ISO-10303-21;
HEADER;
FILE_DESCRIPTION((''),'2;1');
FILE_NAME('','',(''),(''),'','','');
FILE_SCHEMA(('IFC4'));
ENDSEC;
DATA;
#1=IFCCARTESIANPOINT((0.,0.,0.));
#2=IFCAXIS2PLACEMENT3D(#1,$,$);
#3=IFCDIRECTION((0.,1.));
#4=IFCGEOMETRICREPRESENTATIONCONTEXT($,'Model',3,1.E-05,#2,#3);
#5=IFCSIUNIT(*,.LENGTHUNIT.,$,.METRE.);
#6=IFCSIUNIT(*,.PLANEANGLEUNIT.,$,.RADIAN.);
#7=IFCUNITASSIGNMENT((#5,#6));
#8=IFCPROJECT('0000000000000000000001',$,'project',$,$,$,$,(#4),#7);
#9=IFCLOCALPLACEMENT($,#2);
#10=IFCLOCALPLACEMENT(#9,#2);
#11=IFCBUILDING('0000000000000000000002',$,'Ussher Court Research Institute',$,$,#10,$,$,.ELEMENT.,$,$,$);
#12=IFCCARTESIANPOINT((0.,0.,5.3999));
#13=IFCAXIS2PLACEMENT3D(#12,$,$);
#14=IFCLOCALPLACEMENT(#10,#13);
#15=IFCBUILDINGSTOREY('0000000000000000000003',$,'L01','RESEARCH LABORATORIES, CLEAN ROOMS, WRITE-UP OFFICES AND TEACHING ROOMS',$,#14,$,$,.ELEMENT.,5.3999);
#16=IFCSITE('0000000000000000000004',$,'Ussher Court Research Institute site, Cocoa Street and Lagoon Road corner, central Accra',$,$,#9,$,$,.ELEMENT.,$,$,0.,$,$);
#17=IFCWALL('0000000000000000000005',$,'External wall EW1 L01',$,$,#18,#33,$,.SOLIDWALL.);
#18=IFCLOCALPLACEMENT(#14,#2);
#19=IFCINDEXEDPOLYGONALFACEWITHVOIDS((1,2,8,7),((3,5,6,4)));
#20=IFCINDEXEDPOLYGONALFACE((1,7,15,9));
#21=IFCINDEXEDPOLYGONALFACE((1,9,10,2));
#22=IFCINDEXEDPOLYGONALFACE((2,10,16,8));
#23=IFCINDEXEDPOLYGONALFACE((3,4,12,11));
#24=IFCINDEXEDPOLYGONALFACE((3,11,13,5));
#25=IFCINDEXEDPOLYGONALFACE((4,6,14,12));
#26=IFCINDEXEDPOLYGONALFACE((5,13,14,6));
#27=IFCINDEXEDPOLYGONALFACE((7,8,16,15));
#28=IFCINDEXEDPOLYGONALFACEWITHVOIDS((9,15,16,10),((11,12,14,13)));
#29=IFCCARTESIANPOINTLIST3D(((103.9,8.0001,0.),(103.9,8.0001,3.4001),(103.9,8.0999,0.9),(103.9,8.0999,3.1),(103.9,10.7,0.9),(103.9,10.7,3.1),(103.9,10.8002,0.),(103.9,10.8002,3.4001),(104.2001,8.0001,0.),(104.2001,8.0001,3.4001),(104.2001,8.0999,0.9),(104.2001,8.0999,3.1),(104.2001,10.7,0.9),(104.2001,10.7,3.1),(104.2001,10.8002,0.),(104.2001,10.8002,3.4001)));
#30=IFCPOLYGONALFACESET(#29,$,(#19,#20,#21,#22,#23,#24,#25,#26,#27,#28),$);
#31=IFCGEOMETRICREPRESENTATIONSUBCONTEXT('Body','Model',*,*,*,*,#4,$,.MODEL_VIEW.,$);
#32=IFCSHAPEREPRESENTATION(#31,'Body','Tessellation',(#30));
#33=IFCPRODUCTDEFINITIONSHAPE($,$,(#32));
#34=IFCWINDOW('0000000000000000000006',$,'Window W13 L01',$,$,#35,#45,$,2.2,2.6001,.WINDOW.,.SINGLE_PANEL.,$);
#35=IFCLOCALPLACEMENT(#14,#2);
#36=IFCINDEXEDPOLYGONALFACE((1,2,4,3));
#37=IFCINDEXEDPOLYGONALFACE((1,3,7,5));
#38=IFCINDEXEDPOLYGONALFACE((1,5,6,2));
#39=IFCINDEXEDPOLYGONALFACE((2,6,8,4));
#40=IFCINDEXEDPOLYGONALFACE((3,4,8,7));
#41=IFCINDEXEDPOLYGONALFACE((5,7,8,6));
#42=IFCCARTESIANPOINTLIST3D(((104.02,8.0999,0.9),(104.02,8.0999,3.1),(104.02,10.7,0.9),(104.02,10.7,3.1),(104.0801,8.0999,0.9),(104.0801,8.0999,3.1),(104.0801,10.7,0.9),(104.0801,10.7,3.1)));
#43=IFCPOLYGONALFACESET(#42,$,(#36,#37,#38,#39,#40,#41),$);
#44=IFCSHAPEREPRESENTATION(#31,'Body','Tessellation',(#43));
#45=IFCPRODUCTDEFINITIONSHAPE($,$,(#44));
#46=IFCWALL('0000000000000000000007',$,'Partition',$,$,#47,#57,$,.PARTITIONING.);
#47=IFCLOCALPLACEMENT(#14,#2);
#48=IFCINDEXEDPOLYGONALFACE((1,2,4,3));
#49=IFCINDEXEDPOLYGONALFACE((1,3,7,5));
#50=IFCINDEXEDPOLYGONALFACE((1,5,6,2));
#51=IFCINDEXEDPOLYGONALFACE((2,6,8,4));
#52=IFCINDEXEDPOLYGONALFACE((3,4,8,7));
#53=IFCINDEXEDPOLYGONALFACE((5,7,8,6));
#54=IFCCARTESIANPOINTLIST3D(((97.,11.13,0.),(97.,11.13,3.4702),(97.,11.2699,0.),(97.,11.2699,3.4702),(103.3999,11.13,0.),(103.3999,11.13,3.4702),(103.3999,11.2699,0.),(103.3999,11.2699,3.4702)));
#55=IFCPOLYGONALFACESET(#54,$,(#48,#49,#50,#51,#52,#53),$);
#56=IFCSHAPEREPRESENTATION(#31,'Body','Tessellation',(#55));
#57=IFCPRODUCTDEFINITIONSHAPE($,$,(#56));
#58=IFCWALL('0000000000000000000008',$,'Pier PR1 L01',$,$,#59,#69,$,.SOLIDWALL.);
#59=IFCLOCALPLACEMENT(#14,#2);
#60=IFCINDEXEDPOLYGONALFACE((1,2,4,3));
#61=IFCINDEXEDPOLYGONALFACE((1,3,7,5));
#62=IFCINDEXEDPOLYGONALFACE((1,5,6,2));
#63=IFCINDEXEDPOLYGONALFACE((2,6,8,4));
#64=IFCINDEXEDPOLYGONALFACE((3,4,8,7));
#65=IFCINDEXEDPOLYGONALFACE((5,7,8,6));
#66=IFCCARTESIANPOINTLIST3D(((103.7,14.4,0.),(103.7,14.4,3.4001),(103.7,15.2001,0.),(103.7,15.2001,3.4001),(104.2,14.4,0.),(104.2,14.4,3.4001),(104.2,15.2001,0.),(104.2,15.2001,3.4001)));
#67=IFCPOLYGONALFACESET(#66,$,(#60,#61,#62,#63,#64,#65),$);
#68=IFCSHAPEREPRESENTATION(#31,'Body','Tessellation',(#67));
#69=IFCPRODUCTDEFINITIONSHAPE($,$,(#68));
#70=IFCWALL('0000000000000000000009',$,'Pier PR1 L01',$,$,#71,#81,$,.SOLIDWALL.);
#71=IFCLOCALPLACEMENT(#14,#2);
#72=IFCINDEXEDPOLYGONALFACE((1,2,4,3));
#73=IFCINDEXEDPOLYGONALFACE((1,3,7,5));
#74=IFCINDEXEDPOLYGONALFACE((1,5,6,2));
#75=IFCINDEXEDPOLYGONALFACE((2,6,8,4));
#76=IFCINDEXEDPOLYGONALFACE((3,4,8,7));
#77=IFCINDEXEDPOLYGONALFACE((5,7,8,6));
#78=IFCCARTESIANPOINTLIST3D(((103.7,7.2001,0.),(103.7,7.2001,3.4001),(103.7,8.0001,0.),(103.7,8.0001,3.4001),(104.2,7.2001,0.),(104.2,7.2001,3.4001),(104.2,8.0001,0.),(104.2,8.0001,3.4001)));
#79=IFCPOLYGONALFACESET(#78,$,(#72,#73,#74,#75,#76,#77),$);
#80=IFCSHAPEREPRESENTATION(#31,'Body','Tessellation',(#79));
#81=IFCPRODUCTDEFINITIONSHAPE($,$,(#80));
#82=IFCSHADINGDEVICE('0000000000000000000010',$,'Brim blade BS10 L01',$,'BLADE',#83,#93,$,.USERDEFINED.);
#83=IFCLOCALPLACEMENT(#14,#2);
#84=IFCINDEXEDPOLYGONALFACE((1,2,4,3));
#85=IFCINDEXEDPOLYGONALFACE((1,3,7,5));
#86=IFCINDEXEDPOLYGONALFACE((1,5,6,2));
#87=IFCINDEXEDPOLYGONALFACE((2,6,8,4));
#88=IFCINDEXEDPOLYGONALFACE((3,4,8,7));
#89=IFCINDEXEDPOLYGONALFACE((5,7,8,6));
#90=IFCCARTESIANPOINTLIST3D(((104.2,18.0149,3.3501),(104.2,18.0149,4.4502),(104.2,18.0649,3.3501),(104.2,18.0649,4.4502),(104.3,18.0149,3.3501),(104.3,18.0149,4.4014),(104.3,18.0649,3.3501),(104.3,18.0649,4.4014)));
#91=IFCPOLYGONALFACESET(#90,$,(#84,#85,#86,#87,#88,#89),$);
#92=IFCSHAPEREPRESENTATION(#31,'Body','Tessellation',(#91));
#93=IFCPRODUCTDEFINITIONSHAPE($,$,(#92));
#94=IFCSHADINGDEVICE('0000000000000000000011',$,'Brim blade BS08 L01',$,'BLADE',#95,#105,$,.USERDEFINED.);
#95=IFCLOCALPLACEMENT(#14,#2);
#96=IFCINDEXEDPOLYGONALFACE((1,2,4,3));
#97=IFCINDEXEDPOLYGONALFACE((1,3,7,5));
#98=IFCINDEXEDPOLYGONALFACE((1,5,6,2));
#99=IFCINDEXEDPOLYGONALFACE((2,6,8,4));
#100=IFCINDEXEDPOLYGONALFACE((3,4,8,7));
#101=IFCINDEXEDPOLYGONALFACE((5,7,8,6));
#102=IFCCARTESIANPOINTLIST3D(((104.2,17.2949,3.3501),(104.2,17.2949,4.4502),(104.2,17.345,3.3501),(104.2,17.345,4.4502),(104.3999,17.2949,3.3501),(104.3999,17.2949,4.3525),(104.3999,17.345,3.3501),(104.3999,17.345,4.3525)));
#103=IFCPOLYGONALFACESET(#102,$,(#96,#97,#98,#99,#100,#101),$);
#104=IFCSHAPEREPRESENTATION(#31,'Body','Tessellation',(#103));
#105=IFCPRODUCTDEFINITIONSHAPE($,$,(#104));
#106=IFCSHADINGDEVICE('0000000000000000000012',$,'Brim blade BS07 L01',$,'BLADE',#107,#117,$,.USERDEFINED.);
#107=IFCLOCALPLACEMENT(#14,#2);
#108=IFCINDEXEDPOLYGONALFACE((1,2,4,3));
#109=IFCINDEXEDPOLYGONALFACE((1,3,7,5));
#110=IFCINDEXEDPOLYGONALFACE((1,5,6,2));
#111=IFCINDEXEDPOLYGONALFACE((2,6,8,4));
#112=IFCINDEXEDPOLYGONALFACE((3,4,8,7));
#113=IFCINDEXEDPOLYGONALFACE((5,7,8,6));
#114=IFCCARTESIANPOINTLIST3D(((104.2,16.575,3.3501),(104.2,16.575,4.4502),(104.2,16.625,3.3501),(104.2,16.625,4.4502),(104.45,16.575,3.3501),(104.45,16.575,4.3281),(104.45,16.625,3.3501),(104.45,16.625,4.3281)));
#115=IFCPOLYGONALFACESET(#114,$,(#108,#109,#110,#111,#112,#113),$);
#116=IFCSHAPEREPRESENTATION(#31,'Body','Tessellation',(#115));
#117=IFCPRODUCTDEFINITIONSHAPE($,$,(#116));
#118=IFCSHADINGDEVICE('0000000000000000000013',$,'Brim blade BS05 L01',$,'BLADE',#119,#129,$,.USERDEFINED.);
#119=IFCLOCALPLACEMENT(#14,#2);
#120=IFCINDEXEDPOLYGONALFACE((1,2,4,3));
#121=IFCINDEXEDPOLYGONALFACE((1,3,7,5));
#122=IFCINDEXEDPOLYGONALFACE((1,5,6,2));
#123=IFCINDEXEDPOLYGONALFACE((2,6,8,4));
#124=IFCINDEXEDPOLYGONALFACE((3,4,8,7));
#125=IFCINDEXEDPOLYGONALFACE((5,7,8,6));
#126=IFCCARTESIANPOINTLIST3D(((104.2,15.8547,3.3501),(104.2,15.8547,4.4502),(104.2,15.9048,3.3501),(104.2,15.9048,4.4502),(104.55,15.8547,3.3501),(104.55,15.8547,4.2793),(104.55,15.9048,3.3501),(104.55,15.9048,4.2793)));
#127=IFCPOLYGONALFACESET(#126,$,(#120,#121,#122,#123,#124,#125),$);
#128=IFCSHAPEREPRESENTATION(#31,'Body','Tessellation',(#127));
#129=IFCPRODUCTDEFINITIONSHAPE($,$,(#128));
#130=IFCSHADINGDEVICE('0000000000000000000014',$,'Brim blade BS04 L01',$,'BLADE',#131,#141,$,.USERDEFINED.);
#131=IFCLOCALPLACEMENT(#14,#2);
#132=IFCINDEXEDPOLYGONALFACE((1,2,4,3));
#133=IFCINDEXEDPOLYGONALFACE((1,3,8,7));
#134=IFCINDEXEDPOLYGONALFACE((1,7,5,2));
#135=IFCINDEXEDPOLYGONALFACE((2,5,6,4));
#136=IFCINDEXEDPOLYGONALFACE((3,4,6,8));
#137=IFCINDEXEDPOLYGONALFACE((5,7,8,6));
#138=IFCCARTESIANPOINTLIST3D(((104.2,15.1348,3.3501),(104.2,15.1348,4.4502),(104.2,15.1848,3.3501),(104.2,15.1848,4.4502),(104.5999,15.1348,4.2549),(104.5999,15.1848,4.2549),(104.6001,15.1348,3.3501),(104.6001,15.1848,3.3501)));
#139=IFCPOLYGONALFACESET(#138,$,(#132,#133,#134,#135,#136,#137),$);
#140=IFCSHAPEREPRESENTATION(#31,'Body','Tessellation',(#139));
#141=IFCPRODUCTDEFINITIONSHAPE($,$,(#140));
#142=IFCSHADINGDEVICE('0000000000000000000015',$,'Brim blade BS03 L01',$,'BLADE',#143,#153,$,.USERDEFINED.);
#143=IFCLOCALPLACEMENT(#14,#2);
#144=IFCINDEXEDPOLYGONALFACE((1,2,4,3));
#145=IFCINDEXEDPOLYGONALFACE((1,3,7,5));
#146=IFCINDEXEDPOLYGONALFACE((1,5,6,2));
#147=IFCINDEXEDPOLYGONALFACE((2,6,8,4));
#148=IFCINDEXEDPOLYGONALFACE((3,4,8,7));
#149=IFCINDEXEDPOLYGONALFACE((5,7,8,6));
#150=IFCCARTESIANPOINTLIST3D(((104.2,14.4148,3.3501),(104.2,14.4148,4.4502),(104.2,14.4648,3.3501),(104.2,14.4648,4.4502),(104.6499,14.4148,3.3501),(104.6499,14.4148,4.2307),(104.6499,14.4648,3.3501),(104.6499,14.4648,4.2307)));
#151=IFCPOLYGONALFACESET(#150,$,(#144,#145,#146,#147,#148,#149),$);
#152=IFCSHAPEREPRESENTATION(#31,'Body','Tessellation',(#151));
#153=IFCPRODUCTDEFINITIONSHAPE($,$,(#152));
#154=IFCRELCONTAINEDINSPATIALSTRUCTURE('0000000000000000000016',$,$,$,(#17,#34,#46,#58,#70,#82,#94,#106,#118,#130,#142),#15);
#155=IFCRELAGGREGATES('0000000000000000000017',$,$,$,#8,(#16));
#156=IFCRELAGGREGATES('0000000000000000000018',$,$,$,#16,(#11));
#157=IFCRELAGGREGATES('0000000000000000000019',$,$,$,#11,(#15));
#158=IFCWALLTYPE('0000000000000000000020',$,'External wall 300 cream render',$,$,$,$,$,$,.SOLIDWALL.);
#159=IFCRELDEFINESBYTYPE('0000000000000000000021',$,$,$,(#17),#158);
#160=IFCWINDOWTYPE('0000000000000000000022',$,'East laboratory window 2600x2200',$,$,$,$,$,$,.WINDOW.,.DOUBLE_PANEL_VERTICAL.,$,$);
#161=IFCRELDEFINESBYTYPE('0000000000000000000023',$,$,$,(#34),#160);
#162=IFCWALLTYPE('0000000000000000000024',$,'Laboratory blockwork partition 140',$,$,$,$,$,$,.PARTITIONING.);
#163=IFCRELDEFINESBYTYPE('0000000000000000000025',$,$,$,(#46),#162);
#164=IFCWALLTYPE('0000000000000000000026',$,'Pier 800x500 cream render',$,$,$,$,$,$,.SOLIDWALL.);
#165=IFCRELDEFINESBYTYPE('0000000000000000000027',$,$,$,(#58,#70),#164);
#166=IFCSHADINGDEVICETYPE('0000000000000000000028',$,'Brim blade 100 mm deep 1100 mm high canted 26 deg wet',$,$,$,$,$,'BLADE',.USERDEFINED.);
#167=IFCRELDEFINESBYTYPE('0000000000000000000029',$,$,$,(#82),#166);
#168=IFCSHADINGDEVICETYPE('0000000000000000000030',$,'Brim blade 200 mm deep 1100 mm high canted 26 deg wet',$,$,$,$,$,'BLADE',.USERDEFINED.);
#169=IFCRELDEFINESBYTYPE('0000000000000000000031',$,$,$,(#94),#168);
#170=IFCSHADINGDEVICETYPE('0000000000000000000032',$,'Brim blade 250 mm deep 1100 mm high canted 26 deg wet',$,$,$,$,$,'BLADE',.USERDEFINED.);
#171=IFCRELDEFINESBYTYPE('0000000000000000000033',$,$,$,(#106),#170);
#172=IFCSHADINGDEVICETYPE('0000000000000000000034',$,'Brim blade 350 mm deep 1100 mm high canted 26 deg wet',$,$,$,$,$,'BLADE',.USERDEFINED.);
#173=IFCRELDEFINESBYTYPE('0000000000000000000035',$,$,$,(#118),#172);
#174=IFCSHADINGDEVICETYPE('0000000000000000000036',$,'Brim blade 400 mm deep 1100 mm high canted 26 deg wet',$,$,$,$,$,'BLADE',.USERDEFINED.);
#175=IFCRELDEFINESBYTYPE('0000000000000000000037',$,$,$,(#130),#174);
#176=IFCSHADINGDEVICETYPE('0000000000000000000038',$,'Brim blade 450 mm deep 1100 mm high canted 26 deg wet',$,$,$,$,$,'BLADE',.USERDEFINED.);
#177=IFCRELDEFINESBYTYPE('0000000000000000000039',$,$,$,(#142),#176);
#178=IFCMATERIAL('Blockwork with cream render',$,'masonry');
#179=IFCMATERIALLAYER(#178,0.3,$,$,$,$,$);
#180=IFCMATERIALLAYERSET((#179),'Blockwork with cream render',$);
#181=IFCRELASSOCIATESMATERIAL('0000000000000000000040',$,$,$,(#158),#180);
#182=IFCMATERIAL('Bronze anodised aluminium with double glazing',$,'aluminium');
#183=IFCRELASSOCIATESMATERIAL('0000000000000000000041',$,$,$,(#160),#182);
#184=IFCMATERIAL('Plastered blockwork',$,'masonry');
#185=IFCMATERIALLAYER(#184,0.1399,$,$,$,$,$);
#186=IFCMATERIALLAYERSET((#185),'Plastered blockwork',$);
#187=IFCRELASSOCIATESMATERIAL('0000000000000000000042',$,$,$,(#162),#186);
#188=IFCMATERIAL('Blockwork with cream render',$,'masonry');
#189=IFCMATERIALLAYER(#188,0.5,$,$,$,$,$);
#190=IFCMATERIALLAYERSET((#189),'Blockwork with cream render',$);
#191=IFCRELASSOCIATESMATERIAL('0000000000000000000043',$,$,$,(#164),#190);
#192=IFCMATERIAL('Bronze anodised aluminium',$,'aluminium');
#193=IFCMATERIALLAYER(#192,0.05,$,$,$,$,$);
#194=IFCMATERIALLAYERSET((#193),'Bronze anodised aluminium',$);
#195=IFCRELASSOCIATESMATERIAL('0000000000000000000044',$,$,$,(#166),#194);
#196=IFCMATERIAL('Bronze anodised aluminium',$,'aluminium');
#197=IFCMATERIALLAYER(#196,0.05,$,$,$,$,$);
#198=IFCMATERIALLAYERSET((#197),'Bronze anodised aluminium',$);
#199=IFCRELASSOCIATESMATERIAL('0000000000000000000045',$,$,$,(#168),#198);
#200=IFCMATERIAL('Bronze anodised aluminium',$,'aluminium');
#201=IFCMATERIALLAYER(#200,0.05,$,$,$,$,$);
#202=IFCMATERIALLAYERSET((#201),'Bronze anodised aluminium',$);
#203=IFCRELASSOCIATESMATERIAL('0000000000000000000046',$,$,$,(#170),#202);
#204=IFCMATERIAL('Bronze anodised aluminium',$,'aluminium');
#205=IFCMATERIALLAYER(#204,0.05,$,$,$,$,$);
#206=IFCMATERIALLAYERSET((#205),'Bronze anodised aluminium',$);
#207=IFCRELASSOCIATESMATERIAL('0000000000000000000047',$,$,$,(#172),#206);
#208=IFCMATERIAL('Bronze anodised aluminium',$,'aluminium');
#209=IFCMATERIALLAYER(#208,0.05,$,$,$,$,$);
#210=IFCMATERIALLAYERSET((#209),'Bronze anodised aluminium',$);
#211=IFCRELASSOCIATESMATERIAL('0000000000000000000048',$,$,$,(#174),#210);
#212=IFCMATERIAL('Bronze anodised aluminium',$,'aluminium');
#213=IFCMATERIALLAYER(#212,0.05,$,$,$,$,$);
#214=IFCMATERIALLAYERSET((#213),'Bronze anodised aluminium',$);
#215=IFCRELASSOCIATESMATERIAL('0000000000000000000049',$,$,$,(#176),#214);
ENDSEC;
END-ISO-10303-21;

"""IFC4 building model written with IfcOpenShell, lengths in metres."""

from ifc_helpers import new_model, si_unit, direction, frame, frame_2d, origin, place, context, subcontext, project, spatial, polyline, rectangle, outline, extrude, material, layer, layer_set, type_object, element, fill, save


model = new_model("IFC4")

# Units and contexts
model_context = context("Model", 3, precision=1e-05, world=origin(), true_north=direction((0.0, 1.0)))
body_context = subcontext(model_context, "Body", "Model", "MODEL_VIEW")
ifc_project = project(units=[si_unit("LENGTHUNIT", "METRE"), si_unit("PLANEANGLEUNIT", "RADIAN")], contexts=[model_context])

# Site, building, storey
site_placement = place(None, origin())
site = spatial("IfcSite", under=ifc_project, at=site_placement, Name="Ussher Court Research Institute site, Cocoa Street and Lagoon Road corner, central Accra", CompositionType="ELEMENT", RefElevation=0.0)
building_placement = place(site_placement, origin())
building = spatial("IfcBuilding", under=site, at=building_placement, Name="Ussher Court Research Institute", CompositionType="ELEMENT")
storey_placement = place(building_placement, frame((0.0, 0.0, 5.3999)))
storey = spatial("IfcBuildingStorey", under=building, at=storey_placement, Name="L01", Description="RESEARCH LABORATORIES, CLEAN ROOMS, WRITE-UP OFFICES AND TEACHING ROOMS", CompositionType="ELEMENT", Elevation=5.3999)

# Wall, opening, window
ifc_material_1 = material(Name="Blockwork with cream render", Category="masonry")
ifc_layer_1 = layer(ifc_material_1, 0.3)
ifc_layer_set_1 = layer_set([ifc_layer_1], Name="Blockwork with cream render")
wall_type_1 = type_object("IfcWallType", Name="External wall 300 cream render", PredefinedType="SOLIDWALL", material=ifc_layer_set_1)
ifc_material_2 = material(Name="Bronze anodised aluminium with double glazing", Category="aluminium")
window_type = type_object("IfcWindowType", Name="East laboratory window 2600x2200", PartitioningType="DOUBLE_PANEL_VERTICAL", PredefinedType="WINDOW", material=ifc_material_2)
wall_1_placement = place(storey_placement, frame((104.05, 10.8, 0.0), z_axis=(0.0, 0.0, 1.0), x_axis=(0.0, -1.0, 0.0)))
wall_1 = element("IfcWall", 1, at=wall_1_placement, inside=storey, type_object=wall_type_1, Name="External wall EW1 L01", PredefinedType="SOLIDWALL", context=body_context, shape_type="SweptSolid", body=[
    extrude(rectangle(XDim=2.8, YDim=0.3, at=frame_2d((1.3999, 0.0))), origin(), (0.0, 0.0, 1.0), 3.4001),
])
opening_1_placement = place(wall_1_placement, frame((0.1001, 0.0, 0.8999)))
opening_1 = element("IfcOpeningElement", 2, at=opening_1_placement, cuts=wall_1, PredefinedType="OPENING", context=body_context, shape_type="SweptSolid", body=[
    extrude(rectangle(XDim=2.6001, YDim=2.2, at=frame_2d((1.3, 1.1001))), frame((0.0, 0.1602, 0.0), z_axis=(0.0, -1.0, 0.0), x_axis=(1.0, 0.0, 0.0)), (0.0, 0.0, 1.0), 0.3201),
])
window_1_placement = place(opening_1_placement, origin())
window_1 = element("IfcWindow", 3, at=window_1_placement, inside=storey, type_object=window_type, Name="Window W13 L01", OverallHeight=2.2, OverallWidth=2.6001, PartitioningType="SINGLE_PANEL", PredefinedType="WINDOW", context=body_context, shape_type="SweptSolid", body=[
    extrude(rectangle(XDim=2.6001, YDim=2.2, at=frame_2d((1.3, 1.1001))), frame((0.0, 0.03, 0.0), z_axis=(0.0, -1.0, 0.0), x_axis=(1.0, 0.0, 0.0)), (0.0, 0.0, 1.0), 0.0601),
])
fill(opening_1, window_1)

# Walls
ifc_material_3 = material(Name="Plastered blockwork", Category="masonry")
ifc_layer_2 = layer(ifc_material_3, 0.1399)
ifc_layer_set_2 = layer_set([ifc_layer_2], Name="Plastered blockwork")
wall_type_2 = type_object("IfcWallType", Name="Laboratory blockwork partition 140", PredefinedType="PARTITIONING", material=ifc_layer_set_2)
wall_2_placement = place(storey_placement, frame((97.0, 11.2, 0.0), z_axis=(0.0, 0.0, 1.0), x_axis=(1.0, 0.0, 0.0)))
element("IfcWall", 4, at=wall_2_placement, inside=storey, type_object=wall_type_2, Name="Partition", PredefinedType="PARTITIONING", context=body_context, shape_type="SweptSolid", body=[
    extrude(rectangle(XDim=6.3999, YDim=0.1399, at=frame_2d((3.2, 0.0))), origin(), (0.0, 0.0, 1.0), 3.4702),
])
ifc_material_4 = material(Name="Blockwork with cream render", Category="masonry")
ifc_layer_3 = layer(ifc_material_4, 0.5)
ifc_layer_set_3 = layer_set([ifc_layer_3], Name="Blockwork with cream render")
wall_type_3 = type_object("IfcWallType", Name="Pier 800x500 cream render", PredefinedType="SOLIDWALL", material=ifc_layer_set_3)
for number, where, z_axis, x_axis, name in (
    (5, (103.95, 15.2, 0.0), (0.0, 0.0, 1.0), (0.0, -1.0, 0.0), "Pier PR1 L01"),
    (6, (103.95, 8.0, 0.0), (0.0, 0.0, 1.0), (0.0, -1.0, 0.0), "Pier PR1 L01"),
):
    element("IfcWall", number, at=place(storey_placement, frame(where, z_axis=z_axis, x_axis=x_axis)), inside=storey, type_object=wall_type_3, Name=name, PredefinedType="SOLIDWALL", context=body_context, shape_type="SweptSolid", body=[
        extrude(rectangle(XDim=0.8, YDim=0.5, at=frame_2d((0.3999, 0.0))), origin(), (0.0, 0.0, 1.0), 3.4001),
    ])

# Shading devices
ifc_material_5 = material(Name="Bronze anodised aluminium", Category="aluminium")
ifc_layer_4 = layer(ifc_material_5, 0.05)
ifc_layer_set_4 = layer_set([ifc_layer_4], Name="Bronze anodised aluminium")
shading_device_type_1 = type_object("IfcShadingDeviceType", Name="Brim blade 100 mm deep 1100 mm high canted 26 deg wet", ElementType="BLADE", PredefinedType="USERDEFINED", material=ifc_layer_set_4)
shading_device_1_placement = place(storey_placement, frame((104.2, 18.04, 3.3501), z_axis=(0.0, 0.0, 1.0), x_axis=(1.0, 0.0, 0.0)))
element("IfcShadingDevice", 7, at=shading_device_1_placement, inside=storey, type_object=shading_device_type_1, Name="Brim blade BS10 L01", ObjectType="BLADE", PredefinedType="USERDEFINED", context=body_context, shape_type="SweptSolid", body=[
    extrude(outline(polyline([(0.0, 0.0), (0.1001, 0.0), (0.1001, 1.0513), (0.0, 1.1001), (0.0, 0.0)])), frame((0.0, 0.0249, 0.0), z_axis=(0.0, -1.0, 0.0), x_axis=(1.0, 0.0, 0.0)), (0.0, 0.0, 1.0), 0.05),
])
ifc_material_6 = material(Name="Bronze anodised aluminium", Category="aluminium")
ifc_layer_5 = layer(ifc_material_6, 0.05)
ifc_layer_set_5 = layer_set([ifc_layer_5], Name="Bronze anodised aluminium")
shading_device_type_2 = type_object("IfcShadingDeviceType", Name="Brim blade 200 mm deep 1100 mm high canted 26 deg wet", ElementType="BLADE", PredefinedType="USERDEFINED", material=ifc_layer_set_5)
shading_device_2_placement = place(storey_placement, frame((104.2, 17.3201, 3.3501), z_axis=(0.0, 0.0, 1.0), x_axis=(1.0, 0.0, 0.0)))
element("IfcShadingDevice", 8, at=shading_device_2_placement, inside=storey, type_object=shading_device_type_2, Name="Brim blade BS08 L01", ObjectType="BLADE", PredefinedType="USERDEFINED", context=body_context, shape_type="SweptSolid", body=[
    extrude(outline(polyline([(0.0, 0.0), (0.2, 0.0), (0.2, 1.0024), (0.0, 1.1001), (0.0, 0.0)])), frame((0.0, 0.0249, 0.0), z_axis=(0.0, -1.0, 0.0), x_axis=(1.0, 0.0, 0.0)), (0.0, 0.0, 1.0), 0.05),
])
ifc_material_7 = material(Name="Bronze anodised aluminium", Category="aluminium")
ifc_layer_6 = layer(ifc_material_7, 0.05)
ifc_layer_set_6 = layer_set([ifc_layer_6], Name="Bronze anodised aluminium")
shading_device_type_3 = type_object("IfcShadingDeviceType", Name="Brim blade 250 mm deep 1100 mm high canted 26 deg wet", ElementType="BLADE", PredefinedType="USERDEFINED", material=ifc_layer_set_6)
shading_device_3_placement = place(storey_placement, frame((104.2, 16.6001, 3.3501), z_axis=(0.0, 0.0, 1.0), x_axis=(1.0, 0.0, 0.0)))
element("IfcShadingDevice", 9, at=shading_device_3_placement, inside=storey, type_object=shading_device_type_3, Name="Brim blade BS07 L01", ObjectType="BLADE", PredefinedType="USERDEFINED", context=body_context, shape_type="SweptSolid", body=[
    extrude(outline(polyline([(0.0, 0.0), (0.25, 0.0), (0.25, 0.978), (0.0, 1.1001), (0.0, 0.0)])), frame((0.0, 0.0249, 0.0), z_axis=(0.0, -1.0, 0.0), x_axis=(1.0, 0.0, 0.0)), (0.0, 0.0, 1.0), 0.05),
])
ifc_material_8 = material(Name="Bronze anodised aluminium", Category="aluminium")
ifc_layer_7 = layer(ifc_material_8, 0.05)
ifc_layer_set_7 = layer_set([ifc_layer_7], Name="Bronze anodised aluminium")
shading_device_type_4 = type_object("IfcShadingDeviceType", Name="Brim blade 350 mm deep 1100 mm high canted 26 deg wet", ElementType="BLADE", PredefinedType="USERDEFINED", material=ifc_layer_set_7)
shading_device_4_placement = place(storey_placement, frame((104.2, 15.8799, 3.3501), z_axis=(0.0, 0.0, 1.0), x_axis=(1.0, 0.0, 0.0)))
element("IfcShadingDevice", 10, at=shading_device_4_placement, inside=storey, type_object=shading_device_type_4, Name="Brim blade BS05 L01", ObjectType="BLADE", PredefinedType="USERDEFINED", context=body_context, shape_type="SweptSolid", body=[
    extrude(outline(polyline([(0.0, 0.0), (0.3501, 0.0), (0.3501, 0.9292), (0.0, 1.1001), (0.0, 0.0)])), frame((0.0, 0.0249, 0.0), z_axis=(0.0, -1.0, 0.0), x_axis=(1.0, 0.0, 0.0)), (0.0, 0.0, 1.0), 0.05),
])
ifc_material_9 = material(Name="Bronze anodised aluminium", Category="aluminium")
ifc_layer_8 = layer(ifc_material_9, 0.05)
ifc_layer_set_8 = layer_set([ifc_layer_8], Name="Bronze anodised aluminium")
shading_device_type_5 = type_object("IfcShadingDeviceType", Name="Brim blade 400 mm deep 1100 mm high canted 26 deg wet", ElementType="BLADE", PredefinedType="USERDEFINED", material=ifc_layer_set_8)
shading_device_5_placement = place(storey_placement, frame((104.2, 15.1599, 3.3501), z_axis=(0.0, 0.0, 1.0), x_axis=(1.0, 0.0, 0.0)))
element("IfcShadingDevice", 11, at=shading_device_5_placement, inside=storey, type_object=shading_device_type_5, Name="Brim blade BS04 L01", ObjectType="BLADE", PredefinedType="USERDEFINED", context=body_context, shape_type="SweptSolid", body=[
    extrude(outline(polyline([(0.0, 0.0), (0.4001, 0.0), (0.3999, 0.9048), (0.0, 1.1001), (0.0, 0.0)])), frame((0.0, 0.0249, 0.0), z_axis=(0.0, -1.0, 0.0), x_axis=(1.0, 0.0, 0.0)), (0.0, 0.0, 1.0), 0.05),
])
ifc_material_10 = material(Name="Bronze anodised aluminium", Category="aluminium")
ifc_layer_9 = layer(ifc_material_10, 0.05)
ifc_layer_set_9 = layer_set([ifc_layer_9], Name="Bronze anodised aluminium")
shading_device_type_6 = type_object("IfcShadingDeviceType", Name="Brim blade 450 mm deep 1100 mm high canted 26 deg wet", ElementType="BLADE", PredefinedType="USERDEFINED", material=ifc_layer_set_9)
shading_device_6_placement = place(storey_placement, frame((104.2, 14.4399, 3.3501), z_axis=(0.0, 0.0, 1.0), x_axis=(1.0, 0.0, 0.0)))
element("IfcShadingDevice", 12, at=shading_device_6_placement, inside=storey, type_object=shading_device_type_6, Name="Brim blade BS03 L01", ObjectType="BLADE", PredefinedType="USERDEFINED", context=body_context, shape_type="SweptSolid", body=[
    extrude(outline(polyline([(0.0, 0.0), (0.45, 0.0), (0.45, 0.8806), (0.0, 1.1001), (0.0, 0.0)])), frame((0.0, 0.0249, 0.0), z_axis=(0.0, -1.0, 0.0), x_axis=(1.0, 0.0, 0.0)), (0.0, 0.0, 1.0), 0.05),
])

save(model, "model.ifc")
